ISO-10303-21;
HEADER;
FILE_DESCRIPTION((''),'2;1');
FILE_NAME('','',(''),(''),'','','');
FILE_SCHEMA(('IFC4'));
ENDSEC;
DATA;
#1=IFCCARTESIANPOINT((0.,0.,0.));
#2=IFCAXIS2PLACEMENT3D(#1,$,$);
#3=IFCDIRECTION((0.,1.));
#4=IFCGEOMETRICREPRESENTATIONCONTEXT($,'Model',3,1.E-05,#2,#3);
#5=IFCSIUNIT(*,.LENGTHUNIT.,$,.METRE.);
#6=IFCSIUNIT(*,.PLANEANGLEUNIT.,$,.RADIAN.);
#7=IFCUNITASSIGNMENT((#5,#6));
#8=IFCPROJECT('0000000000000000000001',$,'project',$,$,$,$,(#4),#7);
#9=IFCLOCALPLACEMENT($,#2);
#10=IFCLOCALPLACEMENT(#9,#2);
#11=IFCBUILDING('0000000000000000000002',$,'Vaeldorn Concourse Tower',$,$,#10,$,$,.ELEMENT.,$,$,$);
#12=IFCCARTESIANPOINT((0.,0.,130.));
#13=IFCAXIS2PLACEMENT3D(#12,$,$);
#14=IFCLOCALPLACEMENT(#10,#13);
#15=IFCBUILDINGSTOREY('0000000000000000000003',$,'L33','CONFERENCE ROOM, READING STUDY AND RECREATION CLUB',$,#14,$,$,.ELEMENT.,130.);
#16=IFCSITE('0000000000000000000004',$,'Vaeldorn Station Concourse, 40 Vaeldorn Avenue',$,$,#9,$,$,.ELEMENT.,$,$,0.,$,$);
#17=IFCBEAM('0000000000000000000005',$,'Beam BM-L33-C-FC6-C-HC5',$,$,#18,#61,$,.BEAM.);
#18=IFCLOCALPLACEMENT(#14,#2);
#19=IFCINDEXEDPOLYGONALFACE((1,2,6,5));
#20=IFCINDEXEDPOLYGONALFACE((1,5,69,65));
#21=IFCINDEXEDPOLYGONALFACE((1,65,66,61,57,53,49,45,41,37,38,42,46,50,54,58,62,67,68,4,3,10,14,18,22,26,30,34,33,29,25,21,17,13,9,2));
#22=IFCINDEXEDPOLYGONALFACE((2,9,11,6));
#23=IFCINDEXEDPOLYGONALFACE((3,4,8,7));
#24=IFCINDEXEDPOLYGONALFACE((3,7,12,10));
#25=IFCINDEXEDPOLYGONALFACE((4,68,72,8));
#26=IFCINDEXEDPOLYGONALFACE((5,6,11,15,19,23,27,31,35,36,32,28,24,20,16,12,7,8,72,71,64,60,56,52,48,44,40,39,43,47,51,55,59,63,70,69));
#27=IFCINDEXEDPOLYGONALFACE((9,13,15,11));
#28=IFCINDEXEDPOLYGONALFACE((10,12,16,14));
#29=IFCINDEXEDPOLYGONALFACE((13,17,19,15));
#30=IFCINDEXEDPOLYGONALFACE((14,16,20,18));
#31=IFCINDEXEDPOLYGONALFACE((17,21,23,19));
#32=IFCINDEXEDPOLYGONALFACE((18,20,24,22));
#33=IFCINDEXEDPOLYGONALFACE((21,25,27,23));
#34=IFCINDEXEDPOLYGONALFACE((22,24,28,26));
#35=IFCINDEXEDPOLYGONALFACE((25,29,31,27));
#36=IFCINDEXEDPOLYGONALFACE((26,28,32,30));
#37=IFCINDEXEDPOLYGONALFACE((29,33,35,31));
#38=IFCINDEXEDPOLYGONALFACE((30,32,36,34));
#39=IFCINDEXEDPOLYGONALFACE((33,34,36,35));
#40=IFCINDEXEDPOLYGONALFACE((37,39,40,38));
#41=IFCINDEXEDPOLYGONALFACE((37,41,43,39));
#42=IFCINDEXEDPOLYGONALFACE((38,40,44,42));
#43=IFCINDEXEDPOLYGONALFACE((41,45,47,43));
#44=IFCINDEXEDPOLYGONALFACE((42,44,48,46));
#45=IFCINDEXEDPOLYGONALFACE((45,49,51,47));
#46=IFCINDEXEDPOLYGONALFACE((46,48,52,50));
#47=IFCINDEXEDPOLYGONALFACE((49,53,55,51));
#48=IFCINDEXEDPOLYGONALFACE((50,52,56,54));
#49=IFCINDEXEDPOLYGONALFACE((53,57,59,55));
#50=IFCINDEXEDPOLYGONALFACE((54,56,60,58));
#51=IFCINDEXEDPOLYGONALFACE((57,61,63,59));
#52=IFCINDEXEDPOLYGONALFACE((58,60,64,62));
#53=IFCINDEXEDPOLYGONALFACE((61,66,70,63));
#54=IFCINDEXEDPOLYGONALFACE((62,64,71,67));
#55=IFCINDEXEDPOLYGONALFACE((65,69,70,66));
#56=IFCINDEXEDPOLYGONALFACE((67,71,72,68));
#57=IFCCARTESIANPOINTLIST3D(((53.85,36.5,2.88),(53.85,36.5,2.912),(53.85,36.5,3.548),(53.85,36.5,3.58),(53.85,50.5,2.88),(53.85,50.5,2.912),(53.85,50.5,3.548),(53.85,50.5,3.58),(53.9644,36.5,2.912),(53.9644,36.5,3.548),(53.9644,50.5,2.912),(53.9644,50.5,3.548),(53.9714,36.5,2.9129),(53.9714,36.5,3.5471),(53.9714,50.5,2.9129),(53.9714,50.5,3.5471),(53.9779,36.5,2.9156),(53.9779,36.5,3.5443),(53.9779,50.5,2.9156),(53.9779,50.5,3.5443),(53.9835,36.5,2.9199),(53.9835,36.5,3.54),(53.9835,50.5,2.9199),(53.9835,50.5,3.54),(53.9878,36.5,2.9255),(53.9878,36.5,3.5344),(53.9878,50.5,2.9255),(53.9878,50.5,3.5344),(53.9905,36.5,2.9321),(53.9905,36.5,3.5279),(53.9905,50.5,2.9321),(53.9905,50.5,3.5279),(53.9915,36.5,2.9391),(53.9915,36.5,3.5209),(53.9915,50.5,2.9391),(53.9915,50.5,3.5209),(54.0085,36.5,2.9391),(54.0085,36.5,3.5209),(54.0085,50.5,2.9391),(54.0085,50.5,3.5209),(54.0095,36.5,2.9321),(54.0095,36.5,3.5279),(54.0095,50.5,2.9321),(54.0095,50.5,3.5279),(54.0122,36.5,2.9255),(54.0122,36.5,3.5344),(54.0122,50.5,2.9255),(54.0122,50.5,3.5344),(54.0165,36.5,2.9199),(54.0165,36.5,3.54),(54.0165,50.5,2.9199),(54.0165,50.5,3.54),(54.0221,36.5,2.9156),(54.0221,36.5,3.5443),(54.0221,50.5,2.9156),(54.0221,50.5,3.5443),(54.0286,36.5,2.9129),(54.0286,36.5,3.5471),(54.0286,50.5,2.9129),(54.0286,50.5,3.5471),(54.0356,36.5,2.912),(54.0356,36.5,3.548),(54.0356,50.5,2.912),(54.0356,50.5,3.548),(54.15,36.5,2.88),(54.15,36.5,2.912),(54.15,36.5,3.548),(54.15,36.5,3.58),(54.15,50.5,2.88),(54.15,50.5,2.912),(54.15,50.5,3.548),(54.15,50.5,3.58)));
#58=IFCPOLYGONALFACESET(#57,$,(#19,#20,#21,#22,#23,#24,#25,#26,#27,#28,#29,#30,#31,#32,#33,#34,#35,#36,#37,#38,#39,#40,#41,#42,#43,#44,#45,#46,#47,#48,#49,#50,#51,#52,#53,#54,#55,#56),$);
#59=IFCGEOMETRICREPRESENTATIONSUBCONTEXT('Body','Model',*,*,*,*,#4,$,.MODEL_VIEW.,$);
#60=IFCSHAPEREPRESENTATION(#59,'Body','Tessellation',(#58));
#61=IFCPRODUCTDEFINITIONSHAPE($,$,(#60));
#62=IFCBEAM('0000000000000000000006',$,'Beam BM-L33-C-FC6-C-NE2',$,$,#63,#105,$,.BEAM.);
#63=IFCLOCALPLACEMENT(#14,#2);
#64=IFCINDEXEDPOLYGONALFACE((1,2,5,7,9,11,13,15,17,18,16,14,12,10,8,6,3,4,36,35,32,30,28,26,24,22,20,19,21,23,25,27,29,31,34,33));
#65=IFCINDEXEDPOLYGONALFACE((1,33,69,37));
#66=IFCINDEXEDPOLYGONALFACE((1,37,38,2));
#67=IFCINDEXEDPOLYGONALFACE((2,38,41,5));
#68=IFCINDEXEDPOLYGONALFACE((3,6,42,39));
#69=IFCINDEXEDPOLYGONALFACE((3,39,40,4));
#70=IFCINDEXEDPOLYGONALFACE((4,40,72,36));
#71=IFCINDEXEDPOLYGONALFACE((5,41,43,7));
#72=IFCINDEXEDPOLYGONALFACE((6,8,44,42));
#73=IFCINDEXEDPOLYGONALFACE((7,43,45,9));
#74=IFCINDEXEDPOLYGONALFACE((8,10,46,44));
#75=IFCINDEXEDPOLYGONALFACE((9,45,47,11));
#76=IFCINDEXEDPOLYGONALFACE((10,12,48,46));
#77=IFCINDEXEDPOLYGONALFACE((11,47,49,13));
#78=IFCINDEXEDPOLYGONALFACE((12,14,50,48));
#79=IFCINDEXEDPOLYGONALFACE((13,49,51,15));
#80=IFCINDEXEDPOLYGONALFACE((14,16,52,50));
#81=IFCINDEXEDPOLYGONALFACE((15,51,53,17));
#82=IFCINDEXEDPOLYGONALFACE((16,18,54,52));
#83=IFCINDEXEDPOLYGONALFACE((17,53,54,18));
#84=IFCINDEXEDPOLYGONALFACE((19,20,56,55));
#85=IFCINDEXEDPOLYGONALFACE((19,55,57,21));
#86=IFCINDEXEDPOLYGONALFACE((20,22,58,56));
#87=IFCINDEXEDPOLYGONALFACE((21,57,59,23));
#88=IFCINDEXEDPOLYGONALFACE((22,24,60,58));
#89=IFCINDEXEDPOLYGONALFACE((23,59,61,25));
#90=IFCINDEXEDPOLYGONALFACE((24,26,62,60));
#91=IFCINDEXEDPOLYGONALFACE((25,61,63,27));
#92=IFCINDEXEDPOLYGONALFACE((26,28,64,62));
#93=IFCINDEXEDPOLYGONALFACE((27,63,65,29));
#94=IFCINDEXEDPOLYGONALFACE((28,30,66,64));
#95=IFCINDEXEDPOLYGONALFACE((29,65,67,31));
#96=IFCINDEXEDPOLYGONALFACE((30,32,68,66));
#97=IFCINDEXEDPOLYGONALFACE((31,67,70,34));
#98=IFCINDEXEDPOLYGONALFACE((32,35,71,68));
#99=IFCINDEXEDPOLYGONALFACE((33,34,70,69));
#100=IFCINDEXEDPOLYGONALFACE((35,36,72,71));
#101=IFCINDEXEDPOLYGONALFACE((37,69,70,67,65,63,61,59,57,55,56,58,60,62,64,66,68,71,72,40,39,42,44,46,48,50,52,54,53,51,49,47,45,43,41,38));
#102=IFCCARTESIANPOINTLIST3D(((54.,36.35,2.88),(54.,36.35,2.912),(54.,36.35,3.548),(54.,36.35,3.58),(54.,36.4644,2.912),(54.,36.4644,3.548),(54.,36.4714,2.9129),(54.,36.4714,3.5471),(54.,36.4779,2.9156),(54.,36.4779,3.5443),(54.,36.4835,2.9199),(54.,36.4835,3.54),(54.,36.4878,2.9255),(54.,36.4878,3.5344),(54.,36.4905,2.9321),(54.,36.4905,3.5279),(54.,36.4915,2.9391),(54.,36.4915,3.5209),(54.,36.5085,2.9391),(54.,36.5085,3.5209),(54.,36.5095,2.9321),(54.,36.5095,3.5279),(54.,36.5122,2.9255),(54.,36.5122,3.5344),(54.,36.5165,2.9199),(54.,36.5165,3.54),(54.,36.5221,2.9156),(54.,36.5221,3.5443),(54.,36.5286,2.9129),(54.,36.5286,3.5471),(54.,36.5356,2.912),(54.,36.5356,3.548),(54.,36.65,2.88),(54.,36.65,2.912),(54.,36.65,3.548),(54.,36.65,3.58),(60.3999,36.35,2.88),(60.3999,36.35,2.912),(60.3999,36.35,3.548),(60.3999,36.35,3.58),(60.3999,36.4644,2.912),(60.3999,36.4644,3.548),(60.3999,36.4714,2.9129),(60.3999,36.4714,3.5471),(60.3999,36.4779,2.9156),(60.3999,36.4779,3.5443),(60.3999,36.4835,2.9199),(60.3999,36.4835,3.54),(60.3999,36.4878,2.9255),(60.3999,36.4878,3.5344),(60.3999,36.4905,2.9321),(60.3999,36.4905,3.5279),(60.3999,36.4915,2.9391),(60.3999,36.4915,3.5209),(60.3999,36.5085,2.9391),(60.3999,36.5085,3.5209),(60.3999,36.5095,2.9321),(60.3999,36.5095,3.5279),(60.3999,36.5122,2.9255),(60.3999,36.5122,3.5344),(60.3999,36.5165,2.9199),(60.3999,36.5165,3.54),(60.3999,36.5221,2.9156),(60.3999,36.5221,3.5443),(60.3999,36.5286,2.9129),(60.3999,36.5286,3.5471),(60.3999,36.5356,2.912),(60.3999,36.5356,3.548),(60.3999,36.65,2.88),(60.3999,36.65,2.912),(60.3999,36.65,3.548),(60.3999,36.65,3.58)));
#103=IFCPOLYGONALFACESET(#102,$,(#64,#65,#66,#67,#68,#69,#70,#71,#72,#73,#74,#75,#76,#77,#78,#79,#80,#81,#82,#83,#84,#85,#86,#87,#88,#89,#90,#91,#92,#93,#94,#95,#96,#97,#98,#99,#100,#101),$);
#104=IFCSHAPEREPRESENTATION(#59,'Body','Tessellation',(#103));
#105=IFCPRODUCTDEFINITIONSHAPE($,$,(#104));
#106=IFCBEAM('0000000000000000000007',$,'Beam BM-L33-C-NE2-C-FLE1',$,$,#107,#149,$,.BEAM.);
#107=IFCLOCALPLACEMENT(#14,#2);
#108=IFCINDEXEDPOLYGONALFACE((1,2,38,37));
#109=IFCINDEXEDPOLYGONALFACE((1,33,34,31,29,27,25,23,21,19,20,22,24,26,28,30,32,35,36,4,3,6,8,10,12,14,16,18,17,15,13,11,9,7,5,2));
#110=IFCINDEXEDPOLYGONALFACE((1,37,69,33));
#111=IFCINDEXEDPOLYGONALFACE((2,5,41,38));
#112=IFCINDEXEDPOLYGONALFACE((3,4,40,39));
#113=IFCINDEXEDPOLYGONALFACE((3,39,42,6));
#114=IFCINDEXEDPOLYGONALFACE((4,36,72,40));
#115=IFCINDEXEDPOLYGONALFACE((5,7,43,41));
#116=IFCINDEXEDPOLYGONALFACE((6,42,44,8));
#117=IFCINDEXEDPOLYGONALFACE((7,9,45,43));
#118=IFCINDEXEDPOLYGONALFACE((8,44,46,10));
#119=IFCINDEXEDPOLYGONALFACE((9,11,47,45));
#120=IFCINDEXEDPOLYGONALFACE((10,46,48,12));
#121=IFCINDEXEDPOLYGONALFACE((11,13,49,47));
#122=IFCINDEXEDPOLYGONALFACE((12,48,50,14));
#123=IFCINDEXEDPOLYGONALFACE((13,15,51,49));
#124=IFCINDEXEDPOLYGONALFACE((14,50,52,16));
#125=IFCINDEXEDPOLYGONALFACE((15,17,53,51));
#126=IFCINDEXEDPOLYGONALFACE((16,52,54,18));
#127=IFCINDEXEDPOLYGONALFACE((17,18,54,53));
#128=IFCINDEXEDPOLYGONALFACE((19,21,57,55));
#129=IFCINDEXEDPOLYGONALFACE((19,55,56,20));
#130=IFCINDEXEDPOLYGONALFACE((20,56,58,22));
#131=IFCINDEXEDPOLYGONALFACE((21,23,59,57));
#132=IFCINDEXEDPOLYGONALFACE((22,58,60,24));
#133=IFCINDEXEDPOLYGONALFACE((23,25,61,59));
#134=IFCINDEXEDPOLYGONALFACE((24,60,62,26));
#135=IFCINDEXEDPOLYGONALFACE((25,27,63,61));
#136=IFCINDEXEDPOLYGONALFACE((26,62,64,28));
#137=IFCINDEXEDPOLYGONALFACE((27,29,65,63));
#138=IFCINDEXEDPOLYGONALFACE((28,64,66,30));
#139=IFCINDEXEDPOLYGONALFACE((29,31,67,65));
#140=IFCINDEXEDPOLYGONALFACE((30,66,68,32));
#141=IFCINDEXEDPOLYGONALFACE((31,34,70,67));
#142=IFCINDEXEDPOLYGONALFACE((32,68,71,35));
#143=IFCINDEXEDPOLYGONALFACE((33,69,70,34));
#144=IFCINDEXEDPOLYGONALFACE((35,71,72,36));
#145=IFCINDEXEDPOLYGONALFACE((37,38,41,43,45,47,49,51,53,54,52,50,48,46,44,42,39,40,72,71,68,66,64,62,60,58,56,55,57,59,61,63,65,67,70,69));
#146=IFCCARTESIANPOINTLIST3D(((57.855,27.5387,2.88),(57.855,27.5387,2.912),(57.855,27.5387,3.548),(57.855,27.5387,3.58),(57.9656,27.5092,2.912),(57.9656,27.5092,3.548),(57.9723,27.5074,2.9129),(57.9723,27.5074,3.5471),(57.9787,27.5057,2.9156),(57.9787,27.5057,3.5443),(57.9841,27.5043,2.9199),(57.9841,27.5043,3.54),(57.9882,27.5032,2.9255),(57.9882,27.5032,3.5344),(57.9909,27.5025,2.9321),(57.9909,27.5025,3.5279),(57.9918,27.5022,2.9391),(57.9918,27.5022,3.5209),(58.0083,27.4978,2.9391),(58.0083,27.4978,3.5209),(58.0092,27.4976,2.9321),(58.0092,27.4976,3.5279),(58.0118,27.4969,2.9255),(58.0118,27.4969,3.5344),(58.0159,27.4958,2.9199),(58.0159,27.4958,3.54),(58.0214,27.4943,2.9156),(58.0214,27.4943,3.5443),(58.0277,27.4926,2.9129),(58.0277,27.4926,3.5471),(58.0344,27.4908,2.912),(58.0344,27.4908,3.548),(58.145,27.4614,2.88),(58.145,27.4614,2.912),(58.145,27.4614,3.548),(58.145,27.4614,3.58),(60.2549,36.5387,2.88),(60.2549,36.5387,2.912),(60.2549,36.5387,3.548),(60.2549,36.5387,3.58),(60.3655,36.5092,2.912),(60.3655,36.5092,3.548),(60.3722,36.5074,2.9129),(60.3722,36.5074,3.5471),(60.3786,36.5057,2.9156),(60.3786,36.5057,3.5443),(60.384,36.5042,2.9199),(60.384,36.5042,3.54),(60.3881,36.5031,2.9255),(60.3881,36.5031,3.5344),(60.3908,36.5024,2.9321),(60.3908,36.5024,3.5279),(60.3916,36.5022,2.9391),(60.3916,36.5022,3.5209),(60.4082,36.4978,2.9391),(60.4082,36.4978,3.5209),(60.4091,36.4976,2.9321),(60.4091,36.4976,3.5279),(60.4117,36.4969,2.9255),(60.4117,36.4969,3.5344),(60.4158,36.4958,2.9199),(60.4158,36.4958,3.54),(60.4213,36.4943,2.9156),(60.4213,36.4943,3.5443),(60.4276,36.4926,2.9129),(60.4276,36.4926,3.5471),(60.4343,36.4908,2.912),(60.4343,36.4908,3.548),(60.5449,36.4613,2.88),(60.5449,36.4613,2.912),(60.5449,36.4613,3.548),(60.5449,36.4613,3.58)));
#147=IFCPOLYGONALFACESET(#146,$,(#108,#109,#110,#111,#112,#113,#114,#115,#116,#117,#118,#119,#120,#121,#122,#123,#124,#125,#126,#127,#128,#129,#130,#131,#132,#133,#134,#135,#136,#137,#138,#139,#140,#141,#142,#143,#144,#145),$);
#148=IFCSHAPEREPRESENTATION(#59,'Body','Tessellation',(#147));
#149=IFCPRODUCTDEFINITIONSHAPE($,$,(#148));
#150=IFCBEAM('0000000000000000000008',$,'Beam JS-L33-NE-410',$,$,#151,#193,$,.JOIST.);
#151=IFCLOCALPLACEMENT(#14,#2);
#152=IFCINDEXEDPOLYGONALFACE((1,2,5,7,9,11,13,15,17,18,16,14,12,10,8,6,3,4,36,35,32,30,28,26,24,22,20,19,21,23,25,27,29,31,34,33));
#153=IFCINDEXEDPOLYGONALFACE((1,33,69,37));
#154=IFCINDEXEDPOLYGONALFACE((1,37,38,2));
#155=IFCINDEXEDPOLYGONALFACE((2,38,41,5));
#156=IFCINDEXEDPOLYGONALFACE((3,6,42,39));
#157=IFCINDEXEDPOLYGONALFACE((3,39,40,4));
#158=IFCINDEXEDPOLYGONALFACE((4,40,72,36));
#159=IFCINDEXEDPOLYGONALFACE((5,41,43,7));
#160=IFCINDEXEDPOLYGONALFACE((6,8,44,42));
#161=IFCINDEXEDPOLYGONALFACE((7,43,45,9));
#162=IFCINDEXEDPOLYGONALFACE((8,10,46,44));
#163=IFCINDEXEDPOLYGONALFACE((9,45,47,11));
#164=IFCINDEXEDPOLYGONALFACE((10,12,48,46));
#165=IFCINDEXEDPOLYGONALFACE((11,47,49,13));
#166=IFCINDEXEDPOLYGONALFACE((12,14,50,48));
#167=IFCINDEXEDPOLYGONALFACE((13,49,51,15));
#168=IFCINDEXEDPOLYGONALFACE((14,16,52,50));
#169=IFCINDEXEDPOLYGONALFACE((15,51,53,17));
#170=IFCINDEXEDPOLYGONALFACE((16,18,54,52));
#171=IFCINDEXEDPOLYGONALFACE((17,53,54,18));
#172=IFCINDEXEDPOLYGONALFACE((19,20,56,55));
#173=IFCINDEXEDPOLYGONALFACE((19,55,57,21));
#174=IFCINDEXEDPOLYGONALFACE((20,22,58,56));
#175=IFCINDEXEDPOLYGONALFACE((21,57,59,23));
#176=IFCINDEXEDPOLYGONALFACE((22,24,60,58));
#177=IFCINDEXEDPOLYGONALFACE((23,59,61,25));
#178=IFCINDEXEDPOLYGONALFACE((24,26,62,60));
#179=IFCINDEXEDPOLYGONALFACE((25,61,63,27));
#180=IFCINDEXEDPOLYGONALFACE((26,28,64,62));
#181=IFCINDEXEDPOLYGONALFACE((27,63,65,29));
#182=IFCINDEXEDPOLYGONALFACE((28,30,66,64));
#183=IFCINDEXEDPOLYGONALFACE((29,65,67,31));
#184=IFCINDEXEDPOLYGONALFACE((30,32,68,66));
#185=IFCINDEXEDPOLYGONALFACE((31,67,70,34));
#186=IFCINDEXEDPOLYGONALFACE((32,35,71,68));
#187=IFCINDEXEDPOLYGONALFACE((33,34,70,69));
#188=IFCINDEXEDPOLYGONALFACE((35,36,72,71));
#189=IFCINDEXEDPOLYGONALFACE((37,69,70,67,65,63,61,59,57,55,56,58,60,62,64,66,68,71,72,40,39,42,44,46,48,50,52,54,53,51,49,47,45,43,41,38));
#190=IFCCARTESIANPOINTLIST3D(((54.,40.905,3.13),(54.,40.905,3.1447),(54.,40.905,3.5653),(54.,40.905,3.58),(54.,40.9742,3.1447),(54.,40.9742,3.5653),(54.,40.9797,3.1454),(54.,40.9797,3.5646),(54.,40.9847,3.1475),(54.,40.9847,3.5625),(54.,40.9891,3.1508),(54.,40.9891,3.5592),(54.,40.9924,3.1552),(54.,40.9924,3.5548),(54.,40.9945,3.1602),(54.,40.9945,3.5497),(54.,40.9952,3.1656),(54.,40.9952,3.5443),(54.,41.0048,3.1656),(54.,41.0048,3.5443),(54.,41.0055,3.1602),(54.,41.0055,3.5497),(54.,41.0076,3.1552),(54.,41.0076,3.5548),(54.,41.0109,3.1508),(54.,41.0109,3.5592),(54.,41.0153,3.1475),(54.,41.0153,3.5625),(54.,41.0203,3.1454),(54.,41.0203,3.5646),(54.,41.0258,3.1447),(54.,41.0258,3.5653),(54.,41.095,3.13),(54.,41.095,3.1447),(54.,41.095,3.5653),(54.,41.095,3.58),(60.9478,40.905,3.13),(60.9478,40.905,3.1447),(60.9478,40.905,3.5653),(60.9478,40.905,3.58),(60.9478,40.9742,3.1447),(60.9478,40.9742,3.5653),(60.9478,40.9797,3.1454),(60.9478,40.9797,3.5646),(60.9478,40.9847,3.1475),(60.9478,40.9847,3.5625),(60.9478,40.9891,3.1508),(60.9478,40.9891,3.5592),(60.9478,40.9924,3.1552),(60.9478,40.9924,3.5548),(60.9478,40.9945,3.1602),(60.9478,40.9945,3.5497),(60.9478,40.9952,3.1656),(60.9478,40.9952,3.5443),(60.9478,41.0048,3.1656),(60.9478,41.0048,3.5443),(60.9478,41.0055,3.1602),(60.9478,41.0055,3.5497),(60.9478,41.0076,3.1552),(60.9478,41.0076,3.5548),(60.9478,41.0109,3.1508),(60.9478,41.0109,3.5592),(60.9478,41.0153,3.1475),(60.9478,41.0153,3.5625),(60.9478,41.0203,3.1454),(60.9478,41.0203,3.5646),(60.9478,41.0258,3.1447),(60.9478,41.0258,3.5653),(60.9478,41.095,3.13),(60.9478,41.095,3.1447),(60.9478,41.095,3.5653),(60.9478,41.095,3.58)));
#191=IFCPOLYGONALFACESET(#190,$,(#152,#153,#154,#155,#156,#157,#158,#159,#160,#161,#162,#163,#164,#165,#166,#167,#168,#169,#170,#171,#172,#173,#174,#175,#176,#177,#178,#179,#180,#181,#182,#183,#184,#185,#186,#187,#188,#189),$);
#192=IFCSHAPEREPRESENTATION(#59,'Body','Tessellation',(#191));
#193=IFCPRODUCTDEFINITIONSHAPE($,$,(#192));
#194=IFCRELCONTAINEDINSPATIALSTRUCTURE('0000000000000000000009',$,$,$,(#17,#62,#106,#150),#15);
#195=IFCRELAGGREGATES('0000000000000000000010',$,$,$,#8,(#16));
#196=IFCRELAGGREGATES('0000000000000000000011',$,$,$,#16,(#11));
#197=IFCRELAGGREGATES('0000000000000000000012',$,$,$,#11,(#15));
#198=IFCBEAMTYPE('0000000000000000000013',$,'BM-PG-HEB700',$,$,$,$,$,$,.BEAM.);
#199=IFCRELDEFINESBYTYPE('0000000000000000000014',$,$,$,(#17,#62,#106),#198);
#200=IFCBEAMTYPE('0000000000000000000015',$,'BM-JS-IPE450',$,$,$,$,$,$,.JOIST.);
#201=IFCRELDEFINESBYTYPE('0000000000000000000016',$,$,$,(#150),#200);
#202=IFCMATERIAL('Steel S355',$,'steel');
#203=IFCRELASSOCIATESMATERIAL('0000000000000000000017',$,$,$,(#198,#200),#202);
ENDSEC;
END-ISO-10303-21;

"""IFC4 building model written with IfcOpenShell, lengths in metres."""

from ifc_helpers import new_model, si_unit, direction, frame, origin, origin_2d, place, context, subcontext, project, spatial, i_section, extrude, source, transform, mapped, material, material_profile, profile_set, type_object, element, save


model = new_model("IFC4")

# Units and contexts
model_context = context("Model", 3, precision=1e-05, world=origin(), true_north=direction((0.0, 1.0)))
body_context = subcontext(model_context, "Body", "Model", "MODEL_VIEW")
ifc_project = project(units=[si_unit("LENGTHUNIT", "METRE"), si_unit("PLANEANGLEUNIT", "RADIAN")], contexts=[model_context])

# Site, building, storey
site_placement = place(None, origin())
site = spatial("IfcSite", under=ifc_project, at=site_placement, Name="Vaeldorn Station Concourse, 40 Vaeldorn Avenue", CompositionType="ELEMENT", RefElevation=0.0)
building_placement = place(site_placement, origin())
building = spatial("IfcBuilding", under=site, at=building_placement, Name="Vaeldorn Concourse Tower", CompositionType="ELEMENT")
storey_placement = place(building_placement, frame((0.0, 0.0, 130.0)))
storey = spatial("IfcBuildingStorey", under=building, at=storey_placement, Name="L33", Description="CONFERENCE ROOM, READING STUDY AND RECREATION CLUB", CompositionType="ELEMENT", Elevation=130.0)

# Beams
ifc_material_1 = material(Name="Steel S355", Category="steel")
ifc_material_profile_1 = material_profile(ifc_material_1, i_section(OverallWidth=0.3, OverallDepth=0.7, WebThickness=0.0171, FlangeThickness=0.032, FilletRadius=0.0271, at=origin_2d()), Name="HEB 700")
ifc_profile_set_1 = profile_set([ifc_material_profile_1], Name="Steel S355")
beam_type_1 = type_object("IfcBeamType", Name="BM-PG-HEB700", PredefinedType="BEAM", material=ifc_profile_set_1)
shared_shape_1 = source(origin(), body_context, "Body", "SweptSolid", [
    extrude(i_section(OverallWidth=0.3, OverallDepth=0.7, WebThickness=0.0171, FlangeThickness=0.032, FilletRadius=0.0271, at=origin_2d()), origin(), (0.0, 0.0, 1.0), 14.0),
])
beam_1_placement = place(storey_placement, frame((54.0, 36.5, 3.23), z_axis=(0.0, 1.0, 0.0), x_axis=(-1.0, 0.0, 0.0)))
element("IfcBeam", 1, at=beam_1_placement, inside=storey, type_object=beam_type_1, Name="Beam BM-L33-C-FC6-C-HC5", PredefinedType="BEAM", context=body_context, shape_type="MappedRepresentation", body=[
    mapped(shared_shape_1, transform((0.0, 0.0, 0.0), scale=1.0)),
])
shared_shape_2 = source(origin(), body_context, "Body", "SweptSolid", [
    extrude(i_section(OverallWidth=0.3, OverallDepth=0.7, WebThickness=0.0171, FlangeThickness=0.032, FilletRadius=0.0271, at=origin_2d()), origin(), (0.0, 0.0, 1.0), 6.3999),
])
beam_2_placement = place(storey_placement, frame((54.0, 36.5, 3.23), z_axis=(1.0, 0.0, 0.0), x_axis=(0.0, 1.0, 0.0)))
element("IfcBeam", 2, at=beam_2_placement, inside=storey, type_object=beam_type_1, Name="Beam BM-L33-C-FC6-C-NE2", PredefinedType="BEAM", context=body_context, shape_type="MappedRepresentation", body=[
    mapped(shared_shape_2, transform((0.0, 0.0, 0.0), scale=1.0)),
])
shared_shape_3 = source(origin(), body_context, "Body", "SweptSolid", [
    extrude(i_section(OverallWidth=0.3, OverallDepth=0.7, WebThickness=0.0171, FlangeThickness=0.032, FilletRadius=0.0271, at=origin_2d()), origin(), (0.0, 0.0, 1.0), 9.3145),
])
beam_3_placement = place(storey_placement, frame((60.3999, 36.5, 3.23), z_axis=(-0.257653, -0.966238, 0.0), x_axis=(0.966238, -0.257653, 0.0)))
element("IfcBeam", 3, at=beam_3_placement, inside=storey, type_object=beam_type_1, Name="Beam BM-L33-C-NE2-C-FLE1", PredefinedType="BEAM", context=body_context, shape_type="MappedRepresentation", body=[
    mapped(shared_shape_3, transform((0.0, 0.0, 0.0), scale=1.0)),
])
ifc_material_profile_2 = material_profile(ifc_material_1, i_section(OverallWidth=0.1899, OverallDepth=0.45, WebThickness=0.0095, FlangeThickness=0.0146, FilletRadius=0.021, at=origin_2d()), Name="IPE 450")
ifc_profile_set_2 = profile_set([ifc_material_profile_2], Name="Steel S355")
beam_type_2 = type_object("IfcBeamType", Name="BM-JS-IPE450", PredefinedType="JOIST", material=ifc_profile_set_2)
shared_shape_4 = source(origin(), body_context, "Body", "SweptSolid", [
    extrude(i_section(OverallWidth=0.1899, OverallDepth=0.45, WebThickness=0.0095, FlangeThickness=0.0146, FilletRadius=0.021, at=origin_2d()), origin(), (0.0, 0.0, 1.0), 6.9478),
])
beam_4_placement = place(storey_placement, frame((54.0, 41.0, 3.355), z_axis=(1.0, 0.0, 0.0), x_axis=(0.0, 1.0, 0.0)))
element("IfcBeam", 4, at=beam_4_placement, inside=storey, type_object=beam_type_2, Name="Beam JS-L33-NE-410", PredefinedType="JOIST", context=body_context, shape_type="MappedRepresentation", body=[
    mapped(shared_shape_4, transform((0.0, 0.0, 0.0), scale=1.0)),
])

save(model, "model.ifc")
